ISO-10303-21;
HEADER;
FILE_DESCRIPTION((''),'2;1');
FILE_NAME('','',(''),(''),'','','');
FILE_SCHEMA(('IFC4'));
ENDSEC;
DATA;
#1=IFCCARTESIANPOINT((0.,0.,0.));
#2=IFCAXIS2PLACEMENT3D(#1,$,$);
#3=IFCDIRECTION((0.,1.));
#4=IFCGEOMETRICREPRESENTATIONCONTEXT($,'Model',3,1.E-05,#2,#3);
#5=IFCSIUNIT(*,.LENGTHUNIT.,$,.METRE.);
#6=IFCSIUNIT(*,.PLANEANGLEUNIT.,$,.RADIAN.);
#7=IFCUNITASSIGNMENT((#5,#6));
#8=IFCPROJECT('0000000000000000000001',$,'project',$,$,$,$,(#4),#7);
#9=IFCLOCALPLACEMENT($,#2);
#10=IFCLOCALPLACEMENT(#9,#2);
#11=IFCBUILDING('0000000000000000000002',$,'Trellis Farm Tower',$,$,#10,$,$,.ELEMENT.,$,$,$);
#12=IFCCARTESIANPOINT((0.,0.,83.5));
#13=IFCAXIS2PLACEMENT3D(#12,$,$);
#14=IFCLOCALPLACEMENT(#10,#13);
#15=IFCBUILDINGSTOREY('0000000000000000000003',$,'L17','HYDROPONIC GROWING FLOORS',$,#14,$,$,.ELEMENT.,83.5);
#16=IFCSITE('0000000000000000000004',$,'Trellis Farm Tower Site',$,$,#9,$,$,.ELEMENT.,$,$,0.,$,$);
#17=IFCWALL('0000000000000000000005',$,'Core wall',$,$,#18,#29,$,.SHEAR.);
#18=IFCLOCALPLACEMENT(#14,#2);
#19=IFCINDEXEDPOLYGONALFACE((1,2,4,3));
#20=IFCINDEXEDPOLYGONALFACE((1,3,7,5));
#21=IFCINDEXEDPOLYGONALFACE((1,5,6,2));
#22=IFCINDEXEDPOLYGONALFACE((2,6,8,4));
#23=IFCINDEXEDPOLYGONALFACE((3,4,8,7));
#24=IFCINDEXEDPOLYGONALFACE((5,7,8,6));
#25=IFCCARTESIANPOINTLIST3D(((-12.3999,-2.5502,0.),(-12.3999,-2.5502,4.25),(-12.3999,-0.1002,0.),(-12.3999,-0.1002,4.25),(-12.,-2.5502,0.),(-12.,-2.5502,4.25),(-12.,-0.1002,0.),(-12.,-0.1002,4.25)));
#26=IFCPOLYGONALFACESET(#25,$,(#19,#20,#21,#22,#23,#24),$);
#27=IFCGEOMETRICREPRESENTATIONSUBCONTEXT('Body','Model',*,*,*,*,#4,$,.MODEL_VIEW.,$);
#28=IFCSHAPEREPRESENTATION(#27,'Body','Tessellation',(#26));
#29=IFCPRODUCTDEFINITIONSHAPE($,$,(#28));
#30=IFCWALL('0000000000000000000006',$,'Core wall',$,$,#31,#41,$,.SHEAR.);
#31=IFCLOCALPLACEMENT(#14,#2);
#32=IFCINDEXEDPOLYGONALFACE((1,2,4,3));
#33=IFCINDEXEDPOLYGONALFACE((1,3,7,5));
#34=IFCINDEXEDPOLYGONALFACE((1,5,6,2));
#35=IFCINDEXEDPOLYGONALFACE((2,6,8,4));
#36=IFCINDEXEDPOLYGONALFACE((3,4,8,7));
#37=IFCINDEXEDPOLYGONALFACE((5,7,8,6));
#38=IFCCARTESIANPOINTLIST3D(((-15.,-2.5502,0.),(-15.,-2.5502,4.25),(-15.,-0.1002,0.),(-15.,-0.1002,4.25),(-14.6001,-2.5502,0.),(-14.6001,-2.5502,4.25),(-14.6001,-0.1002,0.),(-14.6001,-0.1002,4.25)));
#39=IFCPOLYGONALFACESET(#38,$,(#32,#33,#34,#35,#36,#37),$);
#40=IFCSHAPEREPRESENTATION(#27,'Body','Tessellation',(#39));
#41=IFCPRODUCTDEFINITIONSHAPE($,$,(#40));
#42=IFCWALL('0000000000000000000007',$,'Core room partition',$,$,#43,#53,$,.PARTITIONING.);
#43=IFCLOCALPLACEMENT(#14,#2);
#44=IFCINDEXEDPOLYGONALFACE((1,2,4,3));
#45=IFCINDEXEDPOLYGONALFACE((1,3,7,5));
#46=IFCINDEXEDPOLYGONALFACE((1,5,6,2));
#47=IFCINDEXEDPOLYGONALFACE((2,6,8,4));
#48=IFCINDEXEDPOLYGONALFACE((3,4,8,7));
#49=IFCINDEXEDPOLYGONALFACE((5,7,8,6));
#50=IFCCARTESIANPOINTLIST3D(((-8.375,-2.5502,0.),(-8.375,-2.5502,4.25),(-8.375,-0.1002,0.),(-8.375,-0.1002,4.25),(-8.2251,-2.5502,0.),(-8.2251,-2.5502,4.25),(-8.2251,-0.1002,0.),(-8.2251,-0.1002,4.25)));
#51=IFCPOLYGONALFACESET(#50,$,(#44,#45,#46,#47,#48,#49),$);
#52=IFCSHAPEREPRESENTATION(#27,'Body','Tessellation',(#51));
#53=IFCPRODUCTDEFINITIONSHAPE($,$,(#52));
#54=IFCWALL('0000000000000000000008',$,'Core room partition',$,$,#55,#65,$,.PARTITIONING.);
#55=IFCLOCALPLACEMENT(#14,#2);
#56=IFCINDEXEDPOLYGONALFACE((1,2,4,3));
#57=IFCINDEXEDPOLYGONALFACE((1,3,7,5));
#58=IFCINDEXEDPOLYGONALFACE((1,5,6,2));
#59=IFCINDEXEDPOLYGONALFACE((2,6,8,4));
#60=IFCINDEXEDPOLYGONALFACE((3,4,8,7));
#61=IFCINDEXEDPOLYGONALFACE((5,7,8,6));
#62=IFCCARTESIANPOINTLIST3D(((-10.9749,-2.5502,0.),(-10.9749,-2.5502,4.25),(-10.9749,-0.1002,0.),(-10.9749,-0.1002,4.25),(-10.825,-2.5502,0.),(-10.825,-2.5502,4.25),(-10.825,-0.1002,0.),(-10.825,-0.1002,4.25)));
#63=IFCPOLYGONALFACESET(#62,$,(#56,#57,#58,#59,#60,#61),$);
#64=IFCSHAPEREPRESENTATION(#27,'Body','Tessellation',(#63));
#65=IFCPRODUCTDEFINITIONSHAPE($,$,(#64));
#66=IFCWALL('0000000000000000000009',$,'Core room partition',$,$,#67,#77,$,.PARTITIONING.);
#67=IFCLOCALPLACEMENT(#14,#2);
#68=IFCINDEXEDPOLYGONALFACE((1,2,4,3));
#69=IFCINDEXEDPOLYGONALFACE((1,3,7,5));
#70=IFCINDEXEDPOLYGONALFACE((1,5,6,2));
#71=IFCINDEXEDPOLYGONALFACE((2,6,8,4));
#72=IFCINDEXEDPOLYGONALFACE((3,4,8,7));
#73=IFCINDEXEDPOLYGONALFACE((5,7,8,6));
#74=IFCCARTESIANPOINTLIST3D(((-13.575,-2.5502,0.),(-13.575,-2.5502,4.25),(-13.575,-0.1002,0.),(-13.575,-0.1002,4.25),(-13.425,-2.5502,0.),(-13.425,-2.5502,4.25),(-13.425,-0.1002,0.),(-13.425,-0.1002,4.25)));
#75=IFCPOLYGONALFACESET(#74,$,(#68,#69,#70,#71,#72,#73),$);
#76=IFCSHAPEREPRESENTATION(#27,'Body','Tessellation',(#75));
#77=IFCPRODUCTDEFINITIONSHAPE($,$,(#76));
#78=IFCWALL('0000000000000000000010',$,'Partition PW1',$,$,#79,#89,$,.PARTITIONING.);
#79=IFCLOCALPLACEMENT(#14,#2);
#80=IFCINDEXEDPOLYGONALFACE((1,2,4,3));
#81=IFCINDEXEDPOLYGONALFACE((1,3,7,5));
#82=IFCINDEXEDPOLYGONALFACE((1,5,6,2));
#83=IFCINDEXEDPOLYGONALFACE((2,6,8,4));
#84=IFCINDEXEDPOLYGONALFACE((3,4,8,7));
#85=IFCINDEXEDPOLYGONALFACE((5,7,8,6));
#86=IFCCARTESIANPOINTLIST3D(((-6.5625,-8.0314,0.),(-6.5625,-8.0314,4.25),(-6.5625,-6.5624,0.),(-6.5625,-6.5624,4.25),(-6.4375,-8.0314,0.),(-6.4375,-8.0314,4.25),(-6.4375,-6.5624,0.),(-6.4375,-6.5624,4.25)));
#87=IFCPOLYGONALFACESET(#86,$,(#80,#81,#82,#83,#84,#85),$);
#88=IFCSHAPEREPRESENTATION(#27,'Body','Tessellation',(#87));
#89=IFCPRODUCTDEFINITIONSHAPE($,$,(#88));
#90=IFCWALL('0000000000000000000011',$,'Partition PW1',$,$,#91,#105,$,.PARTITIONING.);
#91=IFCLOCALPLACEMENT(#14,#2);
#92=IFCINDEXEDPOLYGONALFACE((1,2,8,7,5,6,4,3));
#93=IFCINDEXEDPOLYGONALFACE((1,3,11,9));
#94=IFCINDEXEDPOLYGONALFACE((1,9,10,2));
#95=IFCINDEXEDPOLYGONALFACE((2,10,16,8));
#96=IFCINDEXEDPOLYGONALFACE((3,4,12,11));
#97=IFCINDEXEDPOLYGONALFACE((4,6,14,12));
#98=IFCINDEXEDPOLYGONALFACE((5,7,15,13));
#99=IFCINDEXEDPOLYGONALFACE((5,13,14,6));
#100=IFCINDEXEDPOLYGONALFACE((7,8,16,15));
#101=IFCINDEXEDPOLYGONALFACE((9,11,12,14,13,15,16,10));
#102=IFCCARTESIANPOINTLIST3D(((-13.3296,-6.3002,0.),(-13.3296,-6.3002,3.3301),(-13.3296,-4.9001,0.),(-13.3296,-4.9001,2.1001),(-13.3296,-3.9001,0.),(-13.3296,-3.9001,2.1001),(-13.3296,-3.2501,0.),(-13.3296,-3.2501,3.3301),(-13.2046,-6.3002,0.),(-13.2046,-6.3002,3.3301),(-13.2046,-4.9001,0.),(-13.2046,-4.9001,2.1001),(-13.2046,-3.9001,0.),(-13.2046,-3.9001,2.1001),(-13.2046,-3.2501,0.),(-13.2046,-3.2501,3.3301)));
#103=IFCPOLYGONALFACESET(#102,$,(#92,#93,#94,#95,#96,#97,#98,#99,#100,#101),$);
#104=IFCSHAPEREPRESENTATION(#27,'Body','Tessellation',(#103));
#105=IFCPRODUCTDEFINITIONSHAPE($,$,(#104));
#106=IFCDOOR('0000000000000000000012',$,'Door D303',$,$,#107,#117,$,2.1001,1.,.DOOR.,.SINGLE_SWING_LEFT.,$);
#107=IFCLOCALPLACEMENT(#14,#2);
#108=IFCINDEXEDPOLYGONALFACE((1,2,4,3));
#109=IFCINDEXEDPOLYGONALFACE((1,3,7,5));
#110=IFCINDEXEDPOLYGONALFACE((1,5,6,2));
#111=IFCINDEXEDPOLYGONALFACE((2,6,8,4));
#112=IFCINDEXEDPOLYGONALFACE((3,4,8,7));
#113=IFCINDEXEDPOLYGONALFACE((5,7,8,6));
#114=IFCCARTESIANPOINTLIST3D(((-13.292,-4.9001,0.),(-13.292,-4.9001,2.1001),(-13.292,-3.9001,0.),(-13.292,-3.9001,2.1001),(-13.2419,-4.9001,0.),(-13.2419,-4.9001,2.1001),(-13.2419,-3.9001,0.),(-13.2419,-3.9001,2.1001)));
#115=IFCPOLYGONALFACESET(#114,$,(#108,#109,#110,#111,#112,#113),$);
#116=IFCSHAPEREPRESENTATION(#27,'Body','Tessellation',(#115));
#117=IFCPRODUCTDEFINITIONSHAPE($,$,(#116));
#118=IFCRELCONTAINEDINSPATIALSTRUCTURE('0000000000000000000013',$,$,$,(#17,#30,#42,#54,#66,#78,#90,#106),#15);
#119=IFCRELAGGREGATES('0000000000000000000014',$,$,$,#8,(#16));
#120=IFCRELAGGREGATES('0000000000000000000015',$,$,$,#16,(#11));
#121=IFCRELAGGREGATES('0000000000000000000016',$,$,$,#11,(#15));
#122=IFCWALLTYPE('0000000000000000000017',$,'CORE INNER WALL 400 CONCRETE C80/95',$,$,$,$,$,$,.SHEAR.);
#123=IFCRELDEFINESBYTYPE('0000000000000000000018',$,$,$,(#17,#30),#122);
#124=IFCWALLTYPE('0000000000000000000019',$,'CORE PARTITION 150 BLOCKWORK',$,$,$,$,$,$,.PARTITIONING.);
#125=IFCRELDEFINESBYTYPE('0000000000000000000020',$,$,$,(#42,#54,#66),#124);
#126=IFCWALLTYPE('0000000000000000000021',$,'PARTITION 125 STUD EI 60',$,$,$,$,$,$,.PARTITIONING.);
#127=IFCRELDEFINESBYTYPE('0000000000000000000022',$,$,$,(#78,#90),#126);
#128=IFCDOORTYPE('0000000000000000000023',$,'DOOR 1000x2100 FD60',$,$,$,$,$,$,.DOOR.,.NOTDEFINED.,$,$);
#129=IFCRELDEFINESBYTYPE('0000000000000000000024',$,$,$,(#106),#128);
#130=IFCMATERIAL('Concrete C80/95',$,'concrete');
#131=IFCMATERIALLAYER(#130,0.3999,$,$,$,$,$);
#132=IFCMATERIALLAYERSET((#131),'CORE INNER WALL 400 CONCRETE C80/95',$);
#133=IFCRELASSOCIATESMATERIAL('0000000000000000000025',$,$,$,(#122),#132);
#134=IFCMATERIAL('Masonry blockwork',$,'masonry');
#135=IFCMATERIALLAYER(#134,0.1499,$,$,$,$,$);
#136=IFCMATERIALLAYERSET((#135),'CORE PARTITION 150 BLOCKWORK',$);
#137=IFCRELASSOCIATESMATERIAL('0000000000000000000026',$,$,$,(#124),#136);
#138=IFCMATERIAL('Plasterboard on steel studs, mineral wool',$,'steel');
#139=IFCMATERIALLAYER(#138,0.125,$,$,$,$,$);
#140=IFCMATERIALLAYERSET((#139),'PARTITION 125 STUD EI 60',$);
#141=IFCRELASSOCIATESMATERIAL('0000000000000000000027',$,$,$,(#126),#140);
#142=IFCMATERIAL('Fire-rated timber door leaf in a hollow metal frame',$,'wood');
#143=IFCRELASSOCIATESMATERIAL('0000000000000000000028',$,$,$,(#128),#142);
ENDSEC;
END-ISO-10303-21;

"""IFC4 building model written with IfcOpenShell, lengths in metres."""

from ifc_helpers import new_model, si_unit, direction, frame, frame_2d, origin, place, context, subcontext, project, spatial, rectangle, extrude, source, transform, mapped, material, layer, layer_set, type_object, element, fill, save


model = new_model("IFC4")

# Units and contexts
model_context = context("Model", 3, precision=1e-05, world=origin(), true_north=direction((0.0, 1.0)))
body_context = subcontext(model_context, "Body", "Model", "MODEL_VIEW")
ifc_project = project(units=[si_unit("LENGTHUNIT", "METRE"), si_unit("PLANEANGLEUNIT", "RADIAN")], contexts=[model_context])

# Site, building, storey
site_placement = place(None, origin())
site = spatial("IfcSite", under=ifc_project, at=site_placement, Name="Trellis Farm Tower Site", CompositionType="ELEMENT", RefElevation=0.0)
building_placement = place(site_placement, origin())
building = spatial("IfcBuilding", under=site, at=building_placement, Name="Trellis Farm Tower", CompositionType="ELEMENT")
storey_placement = place(building_placement, frame((0.0, 0.0, 83.5)))
storey = spatial("IfcBuildingStorey", under=building, at=storey_placement, Name="L17", Description="HYDROPONIC GROWING FLOORS", CompositionType="ELEMENT", Elevation=83.5)

# Shared definitions
ifc_material_1 = material(Name="Concrete C80/95", Category="concrete")

# Walls
ifc_layer_1 = layer(ifc_material_1, 0.3999)
ifc_layer_set_1 = layer_set([ifc_layer_1], Name="CORE INNER WALL 400 CONCRETE C80/95")
wall_type_1 = type_object("IfcWallType", Name="CORE INNER WALL 400 CONCRETE C80/95", PredefinedType="SHEAR", material=ifc_layer_set_1)
shared_shape_1 = source(origin(), body_context, "Body", "SweptSolid", [
    extrude(rectangle(XDim=2.45, YDim=0.3999, at=frame_2d((1.2251, 0.0))), origin(), (0.0, 0.0, 1.0), 4.25),
])
for number, where, z_axis, x_axis, name in (
    (1, (-12.2, -0.1001, 0.0), (0.0, 0.0, 1.0), (0.0, -1.0, 0.0), "Core wall"),
    (2, (-14.8, -0.1001, 0.0), (0.0, 0.0, 1.0), (0.0, -1.0, 0.0), "Core wall"),
):
    element("IfcWall", number, at=place(storey_placement, frame(where, z_axis=z_axis, x_axis=x_axis)), inside=storey, type_object=wall_type_1, Name=name, PredefinedType="SHEAR", context=body_context, shape_type="MappedRepresentation", body=[
        mapped(shared_shape_1, transform((0.0, 0.0, 0.0))),
    ])

# Walls
ifc_material_2 = material(Name="Masonry blockwork", Category="masonry")
ifc_layer_2 = layer(ifc_material_2, 0.1499)
ifc_layer_set_2 = layer_set([ifc_layer_2], Name="CORE PARTITION 150 BLOCKWORK")
wall_type_2 = type_object("IfcWallType", Name="CORE PARTITION 150 BLOCKWORK", PredefinedType="PARTITIONING", material=ifc_layer_set_2)
shared_shape_2 = source(origin(), body_context, "Body", "SweptSolid", [
    extrude(rectangle(XDim=2.45, YDim=0.1499, at=frame_2d((1.2251, 0.0))), origin(), (0.0, 0.0, 1.0), 4.25),
])
for number, where, z_axis, x_axis, name in (
    (3, (-8.3, -0.1001, 0.0), (0.0, 0.0, 1.0), (0.0, -1.0, 0.0), "Core room partition"),
    (4, (-10.8999, -0.1001, 0.0), (0.0, 0.0, 1.0), (0.0, -1.0, 0.0), "Core room partition"),
    (5, (-13.5, -0.1001, 0.0), (0.0, 0.0, 1.0), (0.0, -1.0, 0.0), "Core room partition"),
):
    element("IfcWall", number, at=place(storey_placement, frame(where, z_axis=z_axis, x_axis=x_axis)), inside=storey, type_object=wall_type_2, Name=name, PredefinedType="PARTITIONING", context=body_context, shape_type="MappedRepresentation", body=[
        mapped(shared_shape_2, transform((0.0, 0.0, 0.0))),
    ])
ifc_material_3 = material(Name="Plasterboard on steel studs, mineral wool", Category="steel")
ifc_layer_3 = layer(ifc_material_3, 0.125)
ifc_layer_set_3 = layer_set([ifc_layer_3], Name="PARTITION 125 STUD EI 60")
wall_type_3 = type_object("IfcWallType", Name="PARTITION 125 STUD EI 60", PredefinedType="PARTITIONING", material=ifc_layer_set_3)
shared_shape_3 = source(origin(), body_context, "Body", "SweptSolid", [
    extrude(rectangle(XDim=1.469, YDim=0.125, at=frame_2d((0.7344, 0.0))), origin(), (0.0, 0.0, 1.0), 4.25),
])
wall_1_placement = place(storey_placement, frame((-6.5, -6.5625, 0.0), z_axis=(0.0, 0.0, 1.0), x_axis=(0.0, -1.0, 0.0)))
element("IfcWall", 6, at=wall_1_placement, inside=storey, type_object=wall_type_3, Name="Partition PW1", PredefinedType="PARTITIONING", context=body_context, shape_type="MappedRepresentation", body=[
    mapped(shared_shape_3, transform((0.0, 0.0, 0.0))),
])

# Wall, opening, door
shared_shape_4 = source(origin(), body_context, "Body", "SweptSolid", [
    extrude(rectangle(XDim=3.05, YDim=0.125, at=frame_2d((1.5249, 0.0))), origin(), (0.0, 0.0, 1.0), 3.3301),
])
wall_2_placement = place(storey_placement, frame((-13.2671, -6.3, 0.0), z_axis=(0.0, 0.0, 1.0), x_axis=(0.0, 1.0, 0.0)))
wall_2 = element("IfcWall", 7, at=wall_2_placement, inside=storey, type_object=wall_type_3, Name="Partition PW1", PredefinedType="PARTITIONING", context=body_context, shape_type="MappedRepresentation", body=[
    mapped(shared_shape_4, transform((0.0, 0.0, 0.0))),
])
shared_shape_5 = source(origin(), body_context, "Body", "SweptSolid", [
    extrude(rectangle(XDim=1.0, YDim=2.1001, at=frame_2d((0.5, 1.05))), frame((0.0, 0.0725, 0.0), z_axis=(0.0, -1.0, 0.0), x_axis=(1.0, 0.0, 0.0)), (0.0, 0.0, 1.0), 0.145),
])
opening_1_placement = place(wall_2_placement, frame((1.3999, 0.0, 0.0)))
opening_1 = element("IfcOpeningElement", 8, at=opening_1_placement, cuts=wall_2, PredefinedType="OPENING", context=body_context, shape_type="MappedRepresentation", body=[
    mapped(shared_shape_5, transform((0.0, 0.0, 0.0))),
])
ifc_material_4 = material(Name="Fire-rated timber door leaf in a hollow metal frame", Category="wood")
door_type_1 = type_object("IfcDoorType", Name="DOOR 1000x2100 FD60", OperationType="NOTDEFINED", PredefinedType="DOOR", material=ifc_material_4)
shared_shape_6 = source(origin(), body_context, "Body", "SweptSolid", [
    extrude(rectangle(XDim=1.0, YDim=2.1001, at=frame_2d((0.5, 1.05))), frame((0.0, 0.0249, 0.0), z_axis=(0.0, -1.0, 0.0), x_axis=(1.0, 0.0, 0.0)), (0.0, 0.0, 1.0), 0.05),
])
door_1_placement = place(opening_1_placement, origin())
door_1 = element("IfcDoor", 9, at=door_1_placement, inside=storey, type_object=door_type_1, Name="Door D303", OperationType="SINGLE_SWING_LEFT", OverallHeight=2.1001, OverallWidth=1.0, PredefinedType="DOOR", context=body_context, shape_type="MappedRepresentation", body=[
    mapped(shared_shape_6, transform((0.0, 0.0, 0.0))),
])
fill(opening_1, door_1)

save(model, "model.ifc")
